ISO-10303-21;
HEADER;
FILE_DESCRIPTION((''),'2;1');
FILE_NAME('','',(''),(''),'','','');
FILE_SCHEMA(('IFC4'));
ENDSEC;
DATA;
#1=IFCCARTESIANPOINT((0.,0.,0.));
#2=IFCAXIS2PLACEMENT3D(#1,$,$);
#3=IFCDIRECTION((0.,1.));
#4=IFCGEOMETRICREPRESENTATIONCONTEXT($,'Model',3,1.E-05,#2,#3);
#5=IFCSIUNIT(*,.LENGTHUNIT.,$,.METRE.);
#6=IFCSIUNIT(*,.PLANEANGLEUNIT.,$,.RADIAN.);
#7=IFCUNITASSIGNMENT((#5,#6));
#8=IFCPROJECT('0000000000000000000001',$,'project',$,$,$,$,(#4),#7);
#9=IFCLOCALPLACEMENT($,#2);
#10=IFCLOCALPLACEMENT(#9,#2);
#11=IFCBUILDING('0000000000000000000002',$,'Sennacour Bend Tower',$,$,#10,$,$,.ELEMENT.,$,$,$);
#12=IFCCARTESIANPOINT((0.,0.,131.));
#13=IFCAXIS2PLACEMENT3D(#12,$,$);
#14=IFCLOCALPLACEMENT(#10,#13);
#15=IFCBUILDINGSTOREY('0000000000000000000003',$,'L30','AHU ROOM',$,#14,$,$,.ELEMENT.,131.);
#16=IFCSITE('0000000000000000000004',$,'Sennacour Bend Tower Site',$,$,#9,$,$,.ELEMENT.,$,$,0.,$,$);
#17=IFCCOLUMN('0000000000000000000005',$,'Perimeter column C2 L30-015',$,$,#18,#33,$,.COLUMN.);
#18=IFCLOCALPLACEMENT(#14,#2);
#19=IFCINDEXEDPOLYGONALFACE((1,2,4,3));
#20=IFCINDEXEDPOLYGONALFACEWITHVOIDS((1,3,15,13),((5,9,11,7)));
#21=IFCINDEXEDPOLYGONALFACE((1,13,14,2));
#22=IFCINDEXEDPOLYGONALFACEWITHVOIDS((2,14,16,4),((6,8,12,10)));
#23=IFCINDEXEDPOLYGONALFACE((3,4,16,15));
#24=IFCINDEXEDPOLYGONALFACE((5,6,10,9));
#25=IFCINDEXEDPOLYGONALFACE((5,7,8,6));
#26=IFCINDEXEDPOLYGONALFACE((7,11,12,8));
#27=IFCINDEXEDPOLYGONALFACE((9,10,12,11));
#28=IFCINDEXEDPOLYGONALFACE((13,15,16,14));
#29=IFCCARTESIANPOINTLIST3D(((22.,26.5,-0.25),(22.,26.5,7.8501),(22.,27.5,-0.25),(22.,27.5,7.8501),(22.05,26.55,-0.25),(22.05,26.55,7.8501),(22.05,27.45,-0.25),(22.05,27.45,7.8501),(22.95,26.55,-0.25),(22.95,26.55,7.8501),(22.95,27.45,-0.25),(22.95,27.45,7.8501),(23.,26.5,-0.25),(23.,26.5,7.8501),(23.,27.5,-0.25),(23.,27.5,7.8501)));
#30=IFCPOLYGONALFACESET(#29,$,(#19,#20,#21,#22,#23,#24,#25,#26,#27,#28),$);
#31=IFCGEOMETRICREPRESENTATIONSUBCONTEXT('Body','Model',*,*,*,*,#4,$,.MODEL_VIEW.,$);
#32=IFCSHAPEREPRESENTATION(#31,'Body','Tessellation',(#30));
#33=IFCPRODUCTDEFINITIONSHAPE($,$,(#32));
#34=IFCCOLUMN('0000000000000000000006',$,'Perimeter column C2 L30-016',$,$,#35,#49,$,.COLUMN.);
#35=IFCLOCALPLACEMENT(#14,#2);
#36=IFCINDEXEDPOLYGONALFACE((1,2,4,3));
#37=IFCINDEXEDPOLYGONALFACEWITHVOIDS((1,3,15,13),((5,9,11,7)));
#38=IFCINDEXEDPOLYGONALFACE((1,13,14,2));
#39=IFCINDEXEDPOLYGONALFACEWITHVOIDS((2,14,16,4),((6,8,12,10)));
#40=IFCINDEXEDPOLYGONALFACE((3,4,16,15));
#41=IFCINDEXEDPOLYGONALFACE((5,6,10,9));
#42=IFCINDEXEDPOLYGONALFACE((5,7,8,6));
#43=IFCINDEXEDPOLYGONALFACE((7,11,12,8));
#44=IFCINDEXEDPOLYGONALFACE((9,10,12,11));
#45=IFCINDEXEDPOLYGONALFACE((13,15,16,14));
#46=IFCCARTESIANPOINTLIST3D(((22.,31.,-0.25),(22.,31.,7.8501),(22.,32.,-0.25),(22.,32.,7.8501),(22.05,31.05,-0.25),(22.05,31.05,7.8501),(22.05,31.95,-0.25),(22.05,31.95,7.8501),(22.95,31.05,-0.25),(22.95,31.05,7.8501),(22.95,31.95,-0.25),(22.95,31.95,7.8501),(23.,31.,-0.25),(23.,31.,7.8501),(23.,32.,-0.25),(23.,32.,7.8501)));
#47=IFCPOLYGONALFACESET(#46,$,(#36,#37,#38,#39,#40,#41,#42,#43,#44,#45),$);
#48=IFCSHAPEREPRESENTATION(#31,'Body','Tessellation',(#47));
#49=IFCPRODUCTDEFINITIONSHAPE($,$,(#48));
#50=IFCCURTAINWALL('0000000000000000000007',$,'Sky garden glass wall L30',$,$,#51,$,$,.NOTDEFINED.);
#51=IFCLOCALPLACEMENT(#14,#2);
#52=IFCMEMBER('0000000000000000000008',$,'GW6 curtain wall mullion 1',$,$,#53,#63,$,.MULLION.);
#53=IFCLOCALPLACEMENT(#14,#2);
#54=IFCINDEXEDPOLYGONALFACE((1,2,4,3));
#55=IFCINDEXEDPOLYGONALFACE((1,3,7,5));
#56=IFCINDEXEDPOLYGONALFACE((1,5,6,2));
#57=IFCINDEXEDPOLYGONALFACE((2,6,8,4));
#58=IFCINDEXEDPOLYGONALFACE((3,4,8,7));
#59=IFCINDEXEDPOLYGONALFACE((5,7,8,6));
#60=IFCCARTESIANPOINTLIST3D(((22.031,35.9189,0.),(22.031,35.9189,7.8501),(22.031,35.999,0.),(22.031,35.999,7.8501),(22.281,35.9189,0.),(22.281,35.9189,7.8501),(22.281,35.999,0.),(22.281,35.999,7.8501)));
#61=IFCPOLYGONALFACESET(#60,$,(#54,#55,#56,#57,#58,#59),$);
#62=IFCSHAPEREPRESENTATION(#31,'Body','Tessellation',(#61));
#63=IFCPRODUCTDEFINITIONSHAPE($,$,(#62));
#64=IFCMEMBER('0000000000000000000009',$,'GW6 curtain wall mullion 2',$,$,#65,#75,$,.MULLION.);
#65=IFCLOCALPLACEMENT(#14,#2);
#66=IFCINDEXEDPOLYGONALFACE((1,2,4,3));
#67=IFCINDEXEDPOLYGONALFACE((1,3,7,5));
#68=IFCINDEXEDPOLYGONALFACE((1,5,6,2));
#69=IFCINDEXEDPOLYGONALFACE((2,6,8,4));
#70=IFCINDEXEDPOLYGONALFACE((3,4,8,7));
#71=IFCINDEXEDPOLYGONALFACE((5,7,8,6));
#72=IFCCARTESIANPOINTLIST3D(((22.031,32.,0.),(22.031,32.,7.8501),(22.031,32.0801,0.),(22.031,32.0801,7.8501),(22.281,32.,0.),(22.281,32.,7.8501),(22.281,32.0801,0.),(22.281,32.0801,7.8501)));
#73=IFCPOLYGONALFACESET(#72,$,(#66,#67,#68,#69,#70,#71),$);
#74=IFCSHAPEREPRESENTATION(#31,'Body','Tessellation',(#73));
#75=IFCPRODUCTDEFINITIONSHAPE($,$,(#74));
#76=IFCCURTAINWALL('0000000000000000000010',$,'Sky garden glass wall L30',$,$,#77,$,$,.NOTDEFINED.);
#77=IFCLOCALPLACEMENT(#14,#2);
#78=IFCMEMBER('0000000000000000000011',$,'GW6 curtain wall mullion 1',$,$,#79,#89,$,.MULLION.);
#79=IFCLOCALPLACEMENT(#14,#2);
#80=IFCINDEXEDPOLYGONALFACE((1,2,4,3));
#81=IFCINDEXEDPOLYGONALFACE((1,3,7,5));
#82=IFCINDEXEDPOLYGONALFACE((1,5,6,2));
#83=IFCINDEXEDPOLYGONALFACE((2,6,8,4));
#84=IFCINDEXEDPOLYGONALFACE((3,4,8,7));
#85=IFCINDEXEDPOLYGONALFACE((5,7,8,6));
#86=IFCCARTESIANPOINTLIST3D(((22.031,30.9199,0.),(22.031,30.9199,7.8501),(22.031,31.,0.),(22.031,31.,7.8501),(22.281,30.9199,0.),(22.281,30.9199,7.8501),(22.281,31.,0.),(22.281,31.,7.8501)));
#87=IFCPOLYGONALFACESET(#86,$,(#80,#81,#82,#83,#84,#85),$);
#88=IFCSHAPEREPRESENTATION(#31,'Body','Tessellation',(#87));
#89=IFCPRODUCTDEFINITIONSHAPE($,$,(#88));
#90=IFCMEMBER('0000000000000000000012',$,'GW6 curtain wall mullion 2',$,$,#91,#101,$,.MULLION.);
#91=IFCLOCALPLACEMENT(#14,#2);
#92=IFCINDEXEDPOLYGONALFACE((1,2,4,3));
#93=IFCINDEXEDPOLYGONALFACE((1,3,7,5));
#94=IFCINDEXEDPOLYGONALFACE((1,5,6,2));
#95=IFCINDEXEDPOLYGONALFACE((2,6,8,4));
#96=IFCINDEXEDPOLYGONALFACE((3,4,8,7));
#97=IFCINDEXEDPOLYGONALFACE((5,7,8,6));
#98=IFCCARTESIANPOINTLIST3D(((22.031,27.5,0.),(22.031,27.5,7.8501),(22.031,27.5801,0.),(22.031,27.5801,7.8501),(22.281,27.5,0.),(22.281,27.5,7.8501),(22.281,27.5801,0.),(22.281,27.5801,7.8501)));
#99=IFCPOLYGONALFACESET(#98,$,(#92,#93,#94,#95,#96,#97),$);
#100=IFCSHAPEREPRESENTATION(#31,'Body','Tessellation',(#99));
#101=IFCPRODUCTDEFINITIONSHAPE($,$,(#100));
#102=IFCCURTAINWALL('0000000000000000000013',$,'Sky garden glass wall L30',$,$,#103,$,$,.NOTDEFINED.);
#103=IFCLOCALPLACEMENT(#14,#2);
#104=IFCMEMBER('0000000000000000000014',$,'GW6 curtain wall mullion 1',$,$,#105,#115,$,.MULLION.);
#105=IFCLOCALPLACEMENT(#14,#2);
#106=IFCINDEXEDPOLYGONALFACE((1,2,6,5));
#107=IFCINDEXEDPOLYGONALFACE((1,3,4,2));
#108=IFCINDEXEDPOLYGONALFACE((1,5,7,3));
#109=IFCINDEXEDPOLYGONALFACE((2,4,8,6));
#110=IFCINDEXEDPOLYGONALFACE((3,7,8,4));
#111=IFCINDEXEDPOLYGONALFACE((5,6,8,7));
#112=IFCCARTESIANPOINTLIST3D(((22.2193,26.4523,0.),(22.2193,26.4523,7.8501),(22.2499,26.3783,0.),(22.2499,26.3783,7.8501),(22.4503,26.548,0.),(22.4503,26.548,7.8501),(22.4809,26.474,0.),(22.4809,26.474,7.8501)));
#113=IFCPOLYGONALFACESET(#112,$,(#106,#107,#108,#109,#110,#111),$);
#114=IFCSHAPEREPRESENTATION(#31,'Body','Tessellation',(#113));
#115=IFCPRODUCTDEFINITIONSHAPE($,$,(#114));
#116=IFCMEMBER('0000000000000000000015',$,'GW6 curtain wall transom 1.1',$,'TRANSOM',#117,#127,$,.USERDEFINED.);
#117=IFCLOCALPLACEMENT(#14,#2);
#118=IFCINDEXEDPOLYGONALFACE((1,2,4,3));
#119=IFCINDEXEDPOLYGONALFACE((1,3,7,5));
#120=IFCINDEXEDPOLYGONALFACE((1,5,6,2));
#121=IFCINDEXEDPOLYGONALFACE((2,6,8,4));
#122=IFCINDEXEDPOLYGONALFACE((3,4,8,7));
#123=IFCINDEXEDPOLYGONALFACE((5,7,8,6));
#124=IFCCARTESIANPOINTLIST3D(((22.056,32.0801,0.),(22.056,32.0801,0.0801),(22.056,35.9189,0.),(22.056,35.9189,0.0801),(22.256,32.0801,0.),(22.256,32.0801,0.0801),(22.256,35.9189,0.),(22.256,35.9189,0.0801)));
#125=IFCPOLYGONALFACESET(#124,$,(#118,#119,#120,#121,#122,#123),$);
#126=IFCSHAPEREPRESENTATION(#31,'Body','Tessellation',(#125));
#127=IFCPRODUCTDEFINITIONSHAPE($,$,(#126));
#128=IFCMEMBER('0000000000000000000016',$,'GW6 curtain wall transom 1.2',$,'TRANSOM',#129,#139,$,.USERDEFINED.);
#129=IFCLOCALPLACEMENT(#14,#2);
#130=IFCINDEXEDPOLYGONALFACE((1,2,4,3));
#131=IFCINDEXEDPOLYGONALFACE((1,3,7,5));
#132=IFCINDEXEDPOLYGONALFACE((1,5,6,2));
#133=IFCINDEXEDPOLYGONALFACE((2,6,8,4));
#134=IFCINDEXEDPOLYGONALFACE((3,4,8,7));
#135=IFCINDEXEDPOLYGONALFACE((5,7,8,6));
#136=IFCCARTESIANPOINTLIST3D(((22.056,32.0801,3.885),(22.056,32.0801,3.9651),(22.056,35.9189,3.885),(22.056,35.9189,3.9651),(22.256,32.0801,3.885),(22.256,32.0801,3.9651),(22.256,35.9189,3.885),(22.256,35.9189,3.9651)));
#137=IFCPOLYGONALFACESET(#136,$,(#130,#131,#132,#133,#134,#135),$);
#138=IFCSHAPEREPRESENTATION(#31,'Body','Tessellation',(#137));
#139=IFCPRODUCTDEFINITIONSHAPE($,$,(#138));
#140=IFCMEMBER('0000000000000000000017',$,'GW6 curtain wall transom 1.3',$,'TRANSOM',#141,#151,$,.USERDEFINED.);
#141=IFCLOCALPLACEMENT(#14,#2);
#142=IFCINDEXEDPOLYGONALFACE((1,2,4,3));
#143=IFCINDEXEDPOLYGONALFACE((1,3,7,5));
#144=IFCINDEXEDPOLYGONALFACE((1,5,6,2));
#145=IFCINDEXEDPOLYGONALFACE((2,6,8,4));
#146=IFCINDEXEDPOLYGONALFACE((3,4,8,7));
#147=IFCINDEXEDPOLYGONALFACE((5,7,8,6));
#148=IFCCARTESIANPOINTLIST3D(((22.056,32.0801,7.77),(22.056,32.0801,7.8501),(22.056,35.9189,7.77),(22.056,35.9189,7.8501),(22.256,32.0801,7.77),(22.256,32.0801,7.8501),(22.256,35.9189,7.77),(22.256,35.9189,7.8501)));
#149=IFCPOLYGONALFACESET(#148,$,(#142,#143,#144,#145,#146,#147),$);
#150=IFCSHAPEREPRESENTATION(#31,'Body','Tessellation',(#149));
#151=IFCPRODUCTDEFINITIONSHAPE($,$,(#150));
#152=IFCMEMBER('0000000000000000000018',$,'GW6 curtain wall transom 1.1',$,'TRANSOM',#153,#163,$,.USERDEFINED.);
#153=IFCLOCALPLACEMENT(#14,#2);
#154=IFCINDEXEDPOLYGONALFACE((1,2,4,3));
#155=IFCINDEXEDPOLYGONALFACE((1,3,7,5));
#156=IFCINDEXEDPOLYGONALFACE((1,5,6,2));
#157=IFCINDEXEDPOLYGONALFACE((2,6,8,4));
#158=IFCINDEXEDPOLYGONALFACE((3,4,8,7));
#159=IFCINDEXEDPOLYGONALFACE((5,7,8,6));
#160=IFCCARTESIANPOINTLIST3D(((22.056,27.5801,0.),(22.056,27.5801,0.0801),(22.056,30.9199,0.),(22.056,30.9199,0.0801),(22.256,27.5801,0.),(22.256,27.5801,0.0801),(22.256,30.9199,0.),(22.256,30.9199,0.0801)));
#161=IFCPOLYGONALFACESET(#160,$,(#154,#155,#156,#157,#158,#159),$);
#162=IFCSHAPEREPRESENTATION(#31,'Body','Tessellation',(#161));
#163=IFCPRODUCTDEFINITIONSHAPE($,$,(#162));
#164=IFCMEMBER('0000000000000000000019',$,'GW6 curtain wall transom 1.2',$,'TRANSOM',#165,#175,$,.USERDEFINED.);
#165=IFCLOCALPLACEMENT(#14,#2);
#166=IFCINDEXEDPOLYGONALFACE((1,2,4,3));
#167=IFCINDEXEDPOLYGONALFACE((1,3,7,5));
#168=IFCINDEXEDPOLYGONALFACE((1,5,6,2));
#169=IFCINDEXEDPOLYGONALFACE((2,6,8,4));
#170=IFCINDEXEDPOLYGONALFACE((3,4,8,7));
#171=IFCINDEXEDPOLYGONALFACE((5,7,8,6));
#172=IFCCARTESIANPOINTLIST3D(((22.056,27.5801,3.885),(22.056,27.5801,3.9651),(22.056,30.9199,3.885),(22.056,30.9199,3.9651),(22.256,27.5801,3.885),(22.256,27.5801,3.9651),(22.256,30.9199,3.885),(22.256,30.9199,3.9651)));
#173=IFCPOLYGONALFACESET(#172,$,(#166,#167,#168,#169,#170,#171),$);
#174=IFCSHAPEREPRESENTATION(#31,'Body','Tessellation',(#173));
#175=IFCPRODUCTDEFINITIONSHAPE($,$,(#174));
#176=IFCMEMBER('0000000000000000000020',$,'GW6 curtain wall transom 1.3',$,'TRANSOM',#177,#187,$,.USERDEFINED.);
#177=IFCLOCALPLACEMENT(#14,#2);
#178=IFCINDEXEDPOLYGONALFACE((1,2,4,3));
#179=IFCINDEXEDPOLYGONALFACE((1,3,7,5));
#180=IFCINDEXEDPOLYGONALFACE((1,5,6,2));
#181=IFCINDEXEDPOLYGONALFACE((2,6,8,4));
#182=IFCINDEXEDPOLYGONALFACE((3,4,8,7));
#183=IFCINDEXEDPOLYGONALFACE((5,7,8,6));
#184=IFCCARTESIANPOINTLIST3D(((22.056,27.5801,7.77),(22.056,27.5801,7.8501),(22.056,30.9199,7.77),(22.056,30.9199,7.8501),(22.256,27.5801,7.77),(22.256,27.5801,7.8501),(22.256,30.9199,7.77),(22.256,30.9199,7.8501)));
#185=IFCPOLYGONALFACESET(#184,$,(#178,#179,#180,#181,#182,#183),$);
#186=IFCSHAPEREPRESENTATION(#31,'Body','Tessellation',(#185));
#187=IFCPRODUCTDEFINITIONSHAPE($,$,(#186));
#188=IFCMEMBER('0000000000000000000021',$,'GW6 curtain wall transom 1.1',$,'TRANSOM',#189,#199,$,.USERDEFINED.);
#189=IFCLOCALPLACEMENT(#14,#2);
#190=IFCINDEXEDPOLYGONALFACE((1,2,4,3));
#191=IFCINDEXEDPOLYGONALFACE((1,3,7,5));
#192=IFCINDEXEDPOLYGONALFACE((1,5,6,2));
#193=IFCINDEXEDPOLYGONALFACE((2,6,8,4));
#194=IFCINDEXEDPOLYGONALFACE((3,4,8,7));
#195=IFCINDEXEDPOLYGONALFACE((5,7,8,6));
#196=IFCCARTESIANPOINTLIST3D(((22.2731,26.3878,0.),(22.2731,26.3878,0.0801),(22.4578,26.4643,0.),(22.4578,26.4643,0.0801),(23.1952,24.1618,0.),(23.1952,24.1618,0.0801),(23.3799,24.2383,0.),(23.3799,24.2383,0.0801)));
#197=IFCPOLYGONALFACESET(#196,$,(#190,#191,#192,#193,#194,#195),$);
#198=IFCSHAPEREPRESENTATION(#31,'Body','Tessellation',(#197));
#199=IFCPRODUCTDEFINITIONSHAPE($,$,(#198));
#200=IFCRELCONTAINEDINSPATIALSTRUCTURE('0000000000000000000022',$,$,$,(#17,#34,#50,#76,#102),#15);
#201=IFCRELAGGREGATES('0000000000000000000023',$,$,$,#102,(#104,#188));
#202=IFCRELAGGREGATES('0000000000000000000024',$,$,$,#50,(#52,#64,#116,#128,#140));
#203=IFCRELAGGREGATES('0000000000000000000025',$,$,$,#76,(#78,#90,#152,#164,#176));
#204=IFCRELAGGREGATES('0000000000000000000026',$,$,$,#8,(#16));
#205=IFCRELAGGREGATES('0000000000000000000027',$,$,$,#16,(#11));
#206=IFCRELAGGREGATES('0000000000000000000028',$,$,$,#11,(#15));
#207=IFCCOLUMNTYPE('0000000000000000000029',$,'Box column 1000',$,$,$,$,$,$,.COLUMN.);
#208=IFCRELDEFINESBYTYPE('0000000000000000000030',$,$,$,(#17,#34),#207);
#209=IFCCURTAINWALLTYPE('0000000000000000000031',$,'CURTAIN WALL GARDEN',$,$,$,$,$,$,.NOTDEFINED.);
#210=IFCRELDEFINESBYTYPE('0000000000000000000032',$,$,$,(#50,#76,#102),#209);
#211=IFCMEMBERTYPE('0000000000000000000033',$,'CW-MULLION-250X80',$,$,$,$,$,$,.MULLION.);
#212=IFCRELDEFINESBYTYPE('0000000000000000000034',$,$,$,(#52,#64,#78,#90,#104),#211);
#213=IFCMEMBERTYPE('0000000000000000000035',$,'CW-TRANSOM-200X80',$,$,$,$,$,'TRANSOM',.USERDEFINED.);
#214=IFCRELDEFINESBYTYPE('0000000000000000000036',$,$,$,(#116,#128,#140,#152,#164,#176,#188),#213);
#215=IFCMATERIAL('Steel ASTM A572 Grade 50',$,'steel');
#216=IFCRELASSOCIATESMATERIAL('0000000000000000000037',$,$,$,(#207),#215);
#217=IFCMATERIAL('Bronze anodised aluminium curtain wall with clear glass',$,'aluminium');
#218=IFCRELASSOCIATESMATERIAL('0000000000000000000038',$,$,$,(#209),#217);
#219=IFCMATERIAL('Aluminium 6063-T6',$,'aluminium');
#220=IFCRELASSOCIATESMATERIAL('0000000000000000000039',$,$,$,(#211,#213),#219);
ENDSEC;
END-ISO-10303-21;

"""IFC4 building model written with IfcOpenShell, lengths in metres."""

from ifc_helpers import new_model, si_unit, direction, frame, origin, origin_2d, place, context, subcontext, project, spatial, rectangle, hollow_rectangle, extrude, material, material_profile, profile_set, type_object, element, aggregate, save


model = new_model("IFC4")

# Units and contexts
model_context = context("Model", 3, precision=1e-05, world=origin(), true_north=direction((0.0, 1.0)))
body_context = subcontext(model_context, "Body", "Model", "MODEL_VIEW")
ifc_project = project(units=[si_unit("LENGTHUNIT", "METRE"), si_unit("PLANEANGLEUNIT", "RADIAN")], contexts=[model_context])

# Site, building, storey
site_placement = place(None, origin())
site = spatial("IfcSite", under=ifc_project, at=site_placement, Name="Sennacour Bend Tower Site", CompositionType="ELEMENT", RefElevation=0.0)
building_placement = place(site_placement, origin())
building = spatial("IfcBuilding", under=site, at=building_placement, Name="Sennacour Bend Tower", CompositionType="ELEMENT")
storey_placement = place(building_placement, frame((0.0, 0.0, 131.0)))
storey = spatial("IfcBuildingStorey", under=building, at=storey_placement, Name="L30", Description="AHU ROOM", CompositionType="ELEMENT", Elevation=131.0)

# Columns
ifc_material_1 = material(Name="Steel ASTM A572 Grade 50", Category="steel")
ifc_material_profile_1 = material_profile(ifc_material_1, hollow_rectangle(XDim=1.0, YDim=1.0, WallThickness=0.05, at=origin_2d()), Name="Steel ASTM A572 Grade 50", Category="steel")
ifc_profile_set_1 = profile_set([ifc_material_profile_1], Name="Steel ASTM A572 Grade 50")
column_type = type_object("IfcColumnType", Name="Box column 1000", PredefinedType="COLUMN", material=ifc_profile_set_1)
for number, where, z_axis, x_axis, name in (
    (1, (22.5, 27.0, -0.25), (0.0, 0.0, 1.0), (1.0, 0.0, 0.0), "Perimeter column C2 L30-015"),
    (2, (22.5, 31.5, -0.25), (0.0, 0.0, 1.0), (1.0, 0.0, 0.0), "Perimeter column C2 L30-016"),
):
    element("IfcColumn", number, at=place(storey_placement, frame(where, z_axis=z_axis, x_axis=x_axis)), inside=storey, type_object=column_type, Name=name, PredefinedType="COLUMN", context=body_context, shape_type="SweptSolid", body=[
        extrude(hollow_rectangle(XDim=1.0, YDim=1.0, WallThickness=0.05, at=origin_2d()), origin(), (0.0, 0.0, 1.0), 8.1001),
    ])

# Curtain walls, members
ifc_material_2 = material(Name="Bronze anodised aluminium curtain wall with clear glass", Category="aluminium")
curtain_wall_type = type_object("IfcCurtainWallType", Name="CURTAIN WALL GARDEN", PredefinedType="NOTDEFINED", material=ifc_material_2)
curtain_wall_1_placement = place(storey_placement, origin())
curtain_wall_1 = element("IfcCurtainWall", 3, at=curtain_wall_1_placement, inside=storey, type_object=curtain_wall_type, Name="Sky garden glass wall L30", PredefinedType="NOTDEFINED")
ifc_material_3 = material(Name="Aluminium 6063-T6", Category="aluminium")
ifc_material_profile_2 = material_profile(ifc_material_3, rectangle(XDim=0.25, YDim=0.0801, at=origin_2d()), Name="Aluminium 6063-T6", Category="aluminium")
ifc_profile_set_2 = profile_set([ifc_material_profile_2], Name="Aluminium 6063-T6")
member_type_1 = type_object("IfcMemberType", Name="CW-MULLION-250X80", PredefinedType="MULLION", material=ifc_profile_set_2)
member_1_placement = place(storey_placement, frame((22.156, 35.959, 0.0), z_axis=(0.0, 0.0, 1.0), x_axis=(1.0, 0.0, 0.0)))
member_1 = element("IfcMember", 4, at=member_1_placement, type_object=member_type_1, Name="GW6 curtain wall mullion 1", PredefinedType="MULLION", context=body_context, shape_type="SweptSolid", body=[
    extrude(rectangle(XDim=0.25, YDim=0.0801, at=origin_2d()), origin(), (0.0, 0.0, 1.0), 7.8501),
])
member_2_placement = place(storey_placement, frame((22.156, 32.04, 0.0), z_axis=(0.0, 0.0, 1.0), x_axis=(1.0, 0.0, 0.0)))
member_2 = element("IfcMember", 5, at=member_2_placement, type_object=member_type_1, Name="GW6 curtain wall mullion 2", PredefinedType="MULLION", context=body_context, shape_type="SweptSolid", body=[
    extrude(rectangle(XDim=0.25, YDim=0.0801, at=origin_2d()), origin(), (0.0, 0.0, 1.0), 7.8501),
])
curtain_wall_2_placement = place(storey_placement, origin())
curtain_wall_2 = element("IfcCurtainWall", 6, at=curtain_wall_2_placement, inside=storey, type_object=curtain_wall_type, Name="Sky garden glass wall L30", PredefinedType="NOTDEFINED")
member_3_placement = place(storey_placement, frame((22.156, 30.96, 0.0), z_axis=(0.0, 0.0, 1.0), x_axis=(1.0, 0.0, 0.0)))
member_3 = element("IfcMember", 7, at=member_3_placement, type_object=member_type_1, Name="GW6 curtain wall mullion 1", PredefinedType="MULLION", context=body_context, shape_type="SweptSolid", body=[
    extrude(rectangle(XDim=0.25, YDim=0.0801, at=origin_2d()), origin(), (0.0, 0.0, 1.0), 7.8501),
])
member_4_placement = place(storey_placement, frame((22.156, 27.54, 0.0), z_axis=(0.0, 0.0, 1.0), x_axis=(1.0, 0.0, 0.0)))
member_4 = element("IfcMember", 8, at=member_4_placement, type_object=member_type_1, Name="GW6 curtain wall mullion 2", PredefinedType="MULLION", context=body_context, shape_type="SweptSolid", body=[
    extrude(rectangle(XDim=0.25, YDim=0.0801, at=origin_2d()), origin(), (0.0, 0.0, 1.0), 7.8501),
])

# Curtain wall, member
curtain_wall_3_placement = place(storey_placement, origin())
curtain_wall_3 = element("IfcCurtainWall", 9, at=curtain_wall_3_placement, inside=storey, type_object=curtain_wall_type, Name="Sky garden glass wall L30", PredefinedType="NOTDEFINED")
member_5_placement = place(storey_placement, frame((22.3501, 26.4631, 0.0), z_axis=(0.0, 0.0, 1.0), x_axis=(0.923885, 0.382669, 0.0)))
member_5 = element("IfcMember", 10, at=member_5_placement, type_object=member_type_1, Name="GW6 curtain wall mullion 1", PredefinedType="MULLION", context=body_context, shape_type="SweptSolid", body=[
    extrude(rectangle(XDim=0.25, YDim=0.0801, at=origin_2d()), origin(), (0.0, 0.0, 1.0), 7.8501),
])

# Members
ifc_material_profile_3 = material_profile(ifc_material_3, rectangle(XDim=0.2, YDim=0.0801, at=origin_2d()), Name="Aluminium 6063-T6", Category="aluminium")
ifc_profile_set_3 = profile_set([ifc_material_profile_3], Name="Aluminium 6063-T6")
member_type_2 = type_object("IfcMemberType", Name="CW-TRANSOM-200X80", ElementType="TRANSOM", PredefinedType="USERDEFINED", material=ifc_profile_set_3)
member_6_placement = place(storey_placement, frame((22.156, 35.9189, 0.04), z_axis=(0.0, -1.0, 0.0), x_axis=(1.0, 0.0, 0.0)))
member_6 = element("IfcMember", 11, at=member_6_placement, type_object=member_type_2, Name="GW6 curtain wall transom 1.1", ObjectType="TRANSOM", PredefinedType="USERDEFINED", context=body_context, shape_type="SweptSolid", body=[
    extrude(rectangle(XDim=0.2, YDim=0.0801, at=origin_2d()), origin(), (0.0, 0.0, 1.0), 3.8389),
])
member_7_placement = place(storey_placement, frame((22.156, 35.9189, 3.925), z_axis=(0.0, -1.0, 0.0), x_axis=(1.0, 0.0, 0.0)))
member_7 = element("IfcMember", 12, at=member_7_placement, type_object=member_type_2, Name="GW6 curtain wall transom 1.2", ObjectType="TRANSOM", PredefinedType="USERDEFINED", context=body_context, shape_type="SweptSolid", body=[
    extrude(rectangle(XDim=0.2, YDim=0.0801, at=origin_2d()), origin(), (0.0, 0.0, 1.0), 3.8389),
])
member_8_placement = place(storey_placement, frame((22.156, 35.9189, 7.8101), z_axis=(0.0, -1.0, 0.0), x_axis=(1.0, 0.0, 0.0)))
member_8 = element("IfcMember", 13, at=member_8_placement, type_object=member_type_2, Name="GW6 curtain wall transom 1.3", ObjectType="TRANSOM", PredefinedType="USERDEFINED", context=body_context, shape_type="SweptSolid", body=[
    extrude(rectangle(XDim=0.2, YDim=0.0801, at=origin_2d()), origin(), (0.0, 0.0, 1.0), 3.8389),
])
member_9_placement = place(storey_placement, frame((22.156, 30.9199, 0.04), z_axis=(0.0, -1.0, 0.0), x_axis=(1.0, 0.0, 0.0)))
member_9 = element("IfcMember", 14, at=member_9_placement, type_object=member_type_2, Name="GW6 curtain wall transom 1.1", ObjectType="TRANSOM", PredefinedType="USERDEFINED", context=body_context, shape_type="SweptSolid", body=[
    extrude(rectangle(XDim=0.2, YDim=0.0801, at=origin_2d()), origin(), (0.0, 0.0, 1.0), 3.3398),
])
member_10_placement = place(storey_placement, frame((22.156, 30.9199, 3.925), z_axis=(0.0, -1.0, 0.0), x_axis=(1.0, 0.0, 0.0)))
member_10 = element("IfcMember", 15, at=member_10_placement, type_object=member_type_2, Name="GW6 curtain wall transom 1.2", ObjectType="TRANSOM", PredefinedType="USERDEFINED", context=body_context, shape_type="SweptSolid", body=[
    extrude(rectangle(XDim=0.2, YDim=0.0801, at=origin_2d()), origin(), (0.0, 0.0, 1.0), 3.3398),
])
member_11_placement = place(storey_placement, frame((22.156, 30.9199, 7.8101), z_axis=(0.0, -1.0, 0.0), x_axis=(1.0, 0.0, 0.0)))
member_11 = element("IfcMember", 16, at=member_11_placement, type_object=member_type_2, Name="GW6 curtain wall transom 1.3", ObjectType="TRANSOM", PredefinedType="USERDEFINED", context=body_context, shape_type="SweptSolid", body=[
    extrude(rectangle(XDim=0.2, YDim=0.0801, at=origin_2d()), origin(), (0.0, 0.0, 1.0), 3.3398),
])
member_12_placement = place(storey_placement, frame((22.3655, 26.426, 0.04), z_axis=(0.382701, -0.923872, 0.0), x_axis=(0.923872, 0.382701, 0.0)))
member_12 = element("IfcMember", 17, at=member_12_placement, type_object=member_type_2, Name="GW6 curtain wall transom 1.1", ObjectType="TRANSOM", PredefinedType="USERDEFINED", context=body_context, shape_type="SweptSolid", body=[
    extrude(rectangle(XDim=0.2, YDim=0.0801, at=origin_2d()), origin(), (0.0, 0.0, 1.0), 2.4094),
])
aggregate(curtain_wall_3, [member_5, member_12])

aggregate(curtain_wall_1, [member_1, member_2, member_6, member_7, member_8])
aggregate(curtain_wall_2, [member_3, member_4, member_9, member_10, member_11])

save(model, "model.ifc")
